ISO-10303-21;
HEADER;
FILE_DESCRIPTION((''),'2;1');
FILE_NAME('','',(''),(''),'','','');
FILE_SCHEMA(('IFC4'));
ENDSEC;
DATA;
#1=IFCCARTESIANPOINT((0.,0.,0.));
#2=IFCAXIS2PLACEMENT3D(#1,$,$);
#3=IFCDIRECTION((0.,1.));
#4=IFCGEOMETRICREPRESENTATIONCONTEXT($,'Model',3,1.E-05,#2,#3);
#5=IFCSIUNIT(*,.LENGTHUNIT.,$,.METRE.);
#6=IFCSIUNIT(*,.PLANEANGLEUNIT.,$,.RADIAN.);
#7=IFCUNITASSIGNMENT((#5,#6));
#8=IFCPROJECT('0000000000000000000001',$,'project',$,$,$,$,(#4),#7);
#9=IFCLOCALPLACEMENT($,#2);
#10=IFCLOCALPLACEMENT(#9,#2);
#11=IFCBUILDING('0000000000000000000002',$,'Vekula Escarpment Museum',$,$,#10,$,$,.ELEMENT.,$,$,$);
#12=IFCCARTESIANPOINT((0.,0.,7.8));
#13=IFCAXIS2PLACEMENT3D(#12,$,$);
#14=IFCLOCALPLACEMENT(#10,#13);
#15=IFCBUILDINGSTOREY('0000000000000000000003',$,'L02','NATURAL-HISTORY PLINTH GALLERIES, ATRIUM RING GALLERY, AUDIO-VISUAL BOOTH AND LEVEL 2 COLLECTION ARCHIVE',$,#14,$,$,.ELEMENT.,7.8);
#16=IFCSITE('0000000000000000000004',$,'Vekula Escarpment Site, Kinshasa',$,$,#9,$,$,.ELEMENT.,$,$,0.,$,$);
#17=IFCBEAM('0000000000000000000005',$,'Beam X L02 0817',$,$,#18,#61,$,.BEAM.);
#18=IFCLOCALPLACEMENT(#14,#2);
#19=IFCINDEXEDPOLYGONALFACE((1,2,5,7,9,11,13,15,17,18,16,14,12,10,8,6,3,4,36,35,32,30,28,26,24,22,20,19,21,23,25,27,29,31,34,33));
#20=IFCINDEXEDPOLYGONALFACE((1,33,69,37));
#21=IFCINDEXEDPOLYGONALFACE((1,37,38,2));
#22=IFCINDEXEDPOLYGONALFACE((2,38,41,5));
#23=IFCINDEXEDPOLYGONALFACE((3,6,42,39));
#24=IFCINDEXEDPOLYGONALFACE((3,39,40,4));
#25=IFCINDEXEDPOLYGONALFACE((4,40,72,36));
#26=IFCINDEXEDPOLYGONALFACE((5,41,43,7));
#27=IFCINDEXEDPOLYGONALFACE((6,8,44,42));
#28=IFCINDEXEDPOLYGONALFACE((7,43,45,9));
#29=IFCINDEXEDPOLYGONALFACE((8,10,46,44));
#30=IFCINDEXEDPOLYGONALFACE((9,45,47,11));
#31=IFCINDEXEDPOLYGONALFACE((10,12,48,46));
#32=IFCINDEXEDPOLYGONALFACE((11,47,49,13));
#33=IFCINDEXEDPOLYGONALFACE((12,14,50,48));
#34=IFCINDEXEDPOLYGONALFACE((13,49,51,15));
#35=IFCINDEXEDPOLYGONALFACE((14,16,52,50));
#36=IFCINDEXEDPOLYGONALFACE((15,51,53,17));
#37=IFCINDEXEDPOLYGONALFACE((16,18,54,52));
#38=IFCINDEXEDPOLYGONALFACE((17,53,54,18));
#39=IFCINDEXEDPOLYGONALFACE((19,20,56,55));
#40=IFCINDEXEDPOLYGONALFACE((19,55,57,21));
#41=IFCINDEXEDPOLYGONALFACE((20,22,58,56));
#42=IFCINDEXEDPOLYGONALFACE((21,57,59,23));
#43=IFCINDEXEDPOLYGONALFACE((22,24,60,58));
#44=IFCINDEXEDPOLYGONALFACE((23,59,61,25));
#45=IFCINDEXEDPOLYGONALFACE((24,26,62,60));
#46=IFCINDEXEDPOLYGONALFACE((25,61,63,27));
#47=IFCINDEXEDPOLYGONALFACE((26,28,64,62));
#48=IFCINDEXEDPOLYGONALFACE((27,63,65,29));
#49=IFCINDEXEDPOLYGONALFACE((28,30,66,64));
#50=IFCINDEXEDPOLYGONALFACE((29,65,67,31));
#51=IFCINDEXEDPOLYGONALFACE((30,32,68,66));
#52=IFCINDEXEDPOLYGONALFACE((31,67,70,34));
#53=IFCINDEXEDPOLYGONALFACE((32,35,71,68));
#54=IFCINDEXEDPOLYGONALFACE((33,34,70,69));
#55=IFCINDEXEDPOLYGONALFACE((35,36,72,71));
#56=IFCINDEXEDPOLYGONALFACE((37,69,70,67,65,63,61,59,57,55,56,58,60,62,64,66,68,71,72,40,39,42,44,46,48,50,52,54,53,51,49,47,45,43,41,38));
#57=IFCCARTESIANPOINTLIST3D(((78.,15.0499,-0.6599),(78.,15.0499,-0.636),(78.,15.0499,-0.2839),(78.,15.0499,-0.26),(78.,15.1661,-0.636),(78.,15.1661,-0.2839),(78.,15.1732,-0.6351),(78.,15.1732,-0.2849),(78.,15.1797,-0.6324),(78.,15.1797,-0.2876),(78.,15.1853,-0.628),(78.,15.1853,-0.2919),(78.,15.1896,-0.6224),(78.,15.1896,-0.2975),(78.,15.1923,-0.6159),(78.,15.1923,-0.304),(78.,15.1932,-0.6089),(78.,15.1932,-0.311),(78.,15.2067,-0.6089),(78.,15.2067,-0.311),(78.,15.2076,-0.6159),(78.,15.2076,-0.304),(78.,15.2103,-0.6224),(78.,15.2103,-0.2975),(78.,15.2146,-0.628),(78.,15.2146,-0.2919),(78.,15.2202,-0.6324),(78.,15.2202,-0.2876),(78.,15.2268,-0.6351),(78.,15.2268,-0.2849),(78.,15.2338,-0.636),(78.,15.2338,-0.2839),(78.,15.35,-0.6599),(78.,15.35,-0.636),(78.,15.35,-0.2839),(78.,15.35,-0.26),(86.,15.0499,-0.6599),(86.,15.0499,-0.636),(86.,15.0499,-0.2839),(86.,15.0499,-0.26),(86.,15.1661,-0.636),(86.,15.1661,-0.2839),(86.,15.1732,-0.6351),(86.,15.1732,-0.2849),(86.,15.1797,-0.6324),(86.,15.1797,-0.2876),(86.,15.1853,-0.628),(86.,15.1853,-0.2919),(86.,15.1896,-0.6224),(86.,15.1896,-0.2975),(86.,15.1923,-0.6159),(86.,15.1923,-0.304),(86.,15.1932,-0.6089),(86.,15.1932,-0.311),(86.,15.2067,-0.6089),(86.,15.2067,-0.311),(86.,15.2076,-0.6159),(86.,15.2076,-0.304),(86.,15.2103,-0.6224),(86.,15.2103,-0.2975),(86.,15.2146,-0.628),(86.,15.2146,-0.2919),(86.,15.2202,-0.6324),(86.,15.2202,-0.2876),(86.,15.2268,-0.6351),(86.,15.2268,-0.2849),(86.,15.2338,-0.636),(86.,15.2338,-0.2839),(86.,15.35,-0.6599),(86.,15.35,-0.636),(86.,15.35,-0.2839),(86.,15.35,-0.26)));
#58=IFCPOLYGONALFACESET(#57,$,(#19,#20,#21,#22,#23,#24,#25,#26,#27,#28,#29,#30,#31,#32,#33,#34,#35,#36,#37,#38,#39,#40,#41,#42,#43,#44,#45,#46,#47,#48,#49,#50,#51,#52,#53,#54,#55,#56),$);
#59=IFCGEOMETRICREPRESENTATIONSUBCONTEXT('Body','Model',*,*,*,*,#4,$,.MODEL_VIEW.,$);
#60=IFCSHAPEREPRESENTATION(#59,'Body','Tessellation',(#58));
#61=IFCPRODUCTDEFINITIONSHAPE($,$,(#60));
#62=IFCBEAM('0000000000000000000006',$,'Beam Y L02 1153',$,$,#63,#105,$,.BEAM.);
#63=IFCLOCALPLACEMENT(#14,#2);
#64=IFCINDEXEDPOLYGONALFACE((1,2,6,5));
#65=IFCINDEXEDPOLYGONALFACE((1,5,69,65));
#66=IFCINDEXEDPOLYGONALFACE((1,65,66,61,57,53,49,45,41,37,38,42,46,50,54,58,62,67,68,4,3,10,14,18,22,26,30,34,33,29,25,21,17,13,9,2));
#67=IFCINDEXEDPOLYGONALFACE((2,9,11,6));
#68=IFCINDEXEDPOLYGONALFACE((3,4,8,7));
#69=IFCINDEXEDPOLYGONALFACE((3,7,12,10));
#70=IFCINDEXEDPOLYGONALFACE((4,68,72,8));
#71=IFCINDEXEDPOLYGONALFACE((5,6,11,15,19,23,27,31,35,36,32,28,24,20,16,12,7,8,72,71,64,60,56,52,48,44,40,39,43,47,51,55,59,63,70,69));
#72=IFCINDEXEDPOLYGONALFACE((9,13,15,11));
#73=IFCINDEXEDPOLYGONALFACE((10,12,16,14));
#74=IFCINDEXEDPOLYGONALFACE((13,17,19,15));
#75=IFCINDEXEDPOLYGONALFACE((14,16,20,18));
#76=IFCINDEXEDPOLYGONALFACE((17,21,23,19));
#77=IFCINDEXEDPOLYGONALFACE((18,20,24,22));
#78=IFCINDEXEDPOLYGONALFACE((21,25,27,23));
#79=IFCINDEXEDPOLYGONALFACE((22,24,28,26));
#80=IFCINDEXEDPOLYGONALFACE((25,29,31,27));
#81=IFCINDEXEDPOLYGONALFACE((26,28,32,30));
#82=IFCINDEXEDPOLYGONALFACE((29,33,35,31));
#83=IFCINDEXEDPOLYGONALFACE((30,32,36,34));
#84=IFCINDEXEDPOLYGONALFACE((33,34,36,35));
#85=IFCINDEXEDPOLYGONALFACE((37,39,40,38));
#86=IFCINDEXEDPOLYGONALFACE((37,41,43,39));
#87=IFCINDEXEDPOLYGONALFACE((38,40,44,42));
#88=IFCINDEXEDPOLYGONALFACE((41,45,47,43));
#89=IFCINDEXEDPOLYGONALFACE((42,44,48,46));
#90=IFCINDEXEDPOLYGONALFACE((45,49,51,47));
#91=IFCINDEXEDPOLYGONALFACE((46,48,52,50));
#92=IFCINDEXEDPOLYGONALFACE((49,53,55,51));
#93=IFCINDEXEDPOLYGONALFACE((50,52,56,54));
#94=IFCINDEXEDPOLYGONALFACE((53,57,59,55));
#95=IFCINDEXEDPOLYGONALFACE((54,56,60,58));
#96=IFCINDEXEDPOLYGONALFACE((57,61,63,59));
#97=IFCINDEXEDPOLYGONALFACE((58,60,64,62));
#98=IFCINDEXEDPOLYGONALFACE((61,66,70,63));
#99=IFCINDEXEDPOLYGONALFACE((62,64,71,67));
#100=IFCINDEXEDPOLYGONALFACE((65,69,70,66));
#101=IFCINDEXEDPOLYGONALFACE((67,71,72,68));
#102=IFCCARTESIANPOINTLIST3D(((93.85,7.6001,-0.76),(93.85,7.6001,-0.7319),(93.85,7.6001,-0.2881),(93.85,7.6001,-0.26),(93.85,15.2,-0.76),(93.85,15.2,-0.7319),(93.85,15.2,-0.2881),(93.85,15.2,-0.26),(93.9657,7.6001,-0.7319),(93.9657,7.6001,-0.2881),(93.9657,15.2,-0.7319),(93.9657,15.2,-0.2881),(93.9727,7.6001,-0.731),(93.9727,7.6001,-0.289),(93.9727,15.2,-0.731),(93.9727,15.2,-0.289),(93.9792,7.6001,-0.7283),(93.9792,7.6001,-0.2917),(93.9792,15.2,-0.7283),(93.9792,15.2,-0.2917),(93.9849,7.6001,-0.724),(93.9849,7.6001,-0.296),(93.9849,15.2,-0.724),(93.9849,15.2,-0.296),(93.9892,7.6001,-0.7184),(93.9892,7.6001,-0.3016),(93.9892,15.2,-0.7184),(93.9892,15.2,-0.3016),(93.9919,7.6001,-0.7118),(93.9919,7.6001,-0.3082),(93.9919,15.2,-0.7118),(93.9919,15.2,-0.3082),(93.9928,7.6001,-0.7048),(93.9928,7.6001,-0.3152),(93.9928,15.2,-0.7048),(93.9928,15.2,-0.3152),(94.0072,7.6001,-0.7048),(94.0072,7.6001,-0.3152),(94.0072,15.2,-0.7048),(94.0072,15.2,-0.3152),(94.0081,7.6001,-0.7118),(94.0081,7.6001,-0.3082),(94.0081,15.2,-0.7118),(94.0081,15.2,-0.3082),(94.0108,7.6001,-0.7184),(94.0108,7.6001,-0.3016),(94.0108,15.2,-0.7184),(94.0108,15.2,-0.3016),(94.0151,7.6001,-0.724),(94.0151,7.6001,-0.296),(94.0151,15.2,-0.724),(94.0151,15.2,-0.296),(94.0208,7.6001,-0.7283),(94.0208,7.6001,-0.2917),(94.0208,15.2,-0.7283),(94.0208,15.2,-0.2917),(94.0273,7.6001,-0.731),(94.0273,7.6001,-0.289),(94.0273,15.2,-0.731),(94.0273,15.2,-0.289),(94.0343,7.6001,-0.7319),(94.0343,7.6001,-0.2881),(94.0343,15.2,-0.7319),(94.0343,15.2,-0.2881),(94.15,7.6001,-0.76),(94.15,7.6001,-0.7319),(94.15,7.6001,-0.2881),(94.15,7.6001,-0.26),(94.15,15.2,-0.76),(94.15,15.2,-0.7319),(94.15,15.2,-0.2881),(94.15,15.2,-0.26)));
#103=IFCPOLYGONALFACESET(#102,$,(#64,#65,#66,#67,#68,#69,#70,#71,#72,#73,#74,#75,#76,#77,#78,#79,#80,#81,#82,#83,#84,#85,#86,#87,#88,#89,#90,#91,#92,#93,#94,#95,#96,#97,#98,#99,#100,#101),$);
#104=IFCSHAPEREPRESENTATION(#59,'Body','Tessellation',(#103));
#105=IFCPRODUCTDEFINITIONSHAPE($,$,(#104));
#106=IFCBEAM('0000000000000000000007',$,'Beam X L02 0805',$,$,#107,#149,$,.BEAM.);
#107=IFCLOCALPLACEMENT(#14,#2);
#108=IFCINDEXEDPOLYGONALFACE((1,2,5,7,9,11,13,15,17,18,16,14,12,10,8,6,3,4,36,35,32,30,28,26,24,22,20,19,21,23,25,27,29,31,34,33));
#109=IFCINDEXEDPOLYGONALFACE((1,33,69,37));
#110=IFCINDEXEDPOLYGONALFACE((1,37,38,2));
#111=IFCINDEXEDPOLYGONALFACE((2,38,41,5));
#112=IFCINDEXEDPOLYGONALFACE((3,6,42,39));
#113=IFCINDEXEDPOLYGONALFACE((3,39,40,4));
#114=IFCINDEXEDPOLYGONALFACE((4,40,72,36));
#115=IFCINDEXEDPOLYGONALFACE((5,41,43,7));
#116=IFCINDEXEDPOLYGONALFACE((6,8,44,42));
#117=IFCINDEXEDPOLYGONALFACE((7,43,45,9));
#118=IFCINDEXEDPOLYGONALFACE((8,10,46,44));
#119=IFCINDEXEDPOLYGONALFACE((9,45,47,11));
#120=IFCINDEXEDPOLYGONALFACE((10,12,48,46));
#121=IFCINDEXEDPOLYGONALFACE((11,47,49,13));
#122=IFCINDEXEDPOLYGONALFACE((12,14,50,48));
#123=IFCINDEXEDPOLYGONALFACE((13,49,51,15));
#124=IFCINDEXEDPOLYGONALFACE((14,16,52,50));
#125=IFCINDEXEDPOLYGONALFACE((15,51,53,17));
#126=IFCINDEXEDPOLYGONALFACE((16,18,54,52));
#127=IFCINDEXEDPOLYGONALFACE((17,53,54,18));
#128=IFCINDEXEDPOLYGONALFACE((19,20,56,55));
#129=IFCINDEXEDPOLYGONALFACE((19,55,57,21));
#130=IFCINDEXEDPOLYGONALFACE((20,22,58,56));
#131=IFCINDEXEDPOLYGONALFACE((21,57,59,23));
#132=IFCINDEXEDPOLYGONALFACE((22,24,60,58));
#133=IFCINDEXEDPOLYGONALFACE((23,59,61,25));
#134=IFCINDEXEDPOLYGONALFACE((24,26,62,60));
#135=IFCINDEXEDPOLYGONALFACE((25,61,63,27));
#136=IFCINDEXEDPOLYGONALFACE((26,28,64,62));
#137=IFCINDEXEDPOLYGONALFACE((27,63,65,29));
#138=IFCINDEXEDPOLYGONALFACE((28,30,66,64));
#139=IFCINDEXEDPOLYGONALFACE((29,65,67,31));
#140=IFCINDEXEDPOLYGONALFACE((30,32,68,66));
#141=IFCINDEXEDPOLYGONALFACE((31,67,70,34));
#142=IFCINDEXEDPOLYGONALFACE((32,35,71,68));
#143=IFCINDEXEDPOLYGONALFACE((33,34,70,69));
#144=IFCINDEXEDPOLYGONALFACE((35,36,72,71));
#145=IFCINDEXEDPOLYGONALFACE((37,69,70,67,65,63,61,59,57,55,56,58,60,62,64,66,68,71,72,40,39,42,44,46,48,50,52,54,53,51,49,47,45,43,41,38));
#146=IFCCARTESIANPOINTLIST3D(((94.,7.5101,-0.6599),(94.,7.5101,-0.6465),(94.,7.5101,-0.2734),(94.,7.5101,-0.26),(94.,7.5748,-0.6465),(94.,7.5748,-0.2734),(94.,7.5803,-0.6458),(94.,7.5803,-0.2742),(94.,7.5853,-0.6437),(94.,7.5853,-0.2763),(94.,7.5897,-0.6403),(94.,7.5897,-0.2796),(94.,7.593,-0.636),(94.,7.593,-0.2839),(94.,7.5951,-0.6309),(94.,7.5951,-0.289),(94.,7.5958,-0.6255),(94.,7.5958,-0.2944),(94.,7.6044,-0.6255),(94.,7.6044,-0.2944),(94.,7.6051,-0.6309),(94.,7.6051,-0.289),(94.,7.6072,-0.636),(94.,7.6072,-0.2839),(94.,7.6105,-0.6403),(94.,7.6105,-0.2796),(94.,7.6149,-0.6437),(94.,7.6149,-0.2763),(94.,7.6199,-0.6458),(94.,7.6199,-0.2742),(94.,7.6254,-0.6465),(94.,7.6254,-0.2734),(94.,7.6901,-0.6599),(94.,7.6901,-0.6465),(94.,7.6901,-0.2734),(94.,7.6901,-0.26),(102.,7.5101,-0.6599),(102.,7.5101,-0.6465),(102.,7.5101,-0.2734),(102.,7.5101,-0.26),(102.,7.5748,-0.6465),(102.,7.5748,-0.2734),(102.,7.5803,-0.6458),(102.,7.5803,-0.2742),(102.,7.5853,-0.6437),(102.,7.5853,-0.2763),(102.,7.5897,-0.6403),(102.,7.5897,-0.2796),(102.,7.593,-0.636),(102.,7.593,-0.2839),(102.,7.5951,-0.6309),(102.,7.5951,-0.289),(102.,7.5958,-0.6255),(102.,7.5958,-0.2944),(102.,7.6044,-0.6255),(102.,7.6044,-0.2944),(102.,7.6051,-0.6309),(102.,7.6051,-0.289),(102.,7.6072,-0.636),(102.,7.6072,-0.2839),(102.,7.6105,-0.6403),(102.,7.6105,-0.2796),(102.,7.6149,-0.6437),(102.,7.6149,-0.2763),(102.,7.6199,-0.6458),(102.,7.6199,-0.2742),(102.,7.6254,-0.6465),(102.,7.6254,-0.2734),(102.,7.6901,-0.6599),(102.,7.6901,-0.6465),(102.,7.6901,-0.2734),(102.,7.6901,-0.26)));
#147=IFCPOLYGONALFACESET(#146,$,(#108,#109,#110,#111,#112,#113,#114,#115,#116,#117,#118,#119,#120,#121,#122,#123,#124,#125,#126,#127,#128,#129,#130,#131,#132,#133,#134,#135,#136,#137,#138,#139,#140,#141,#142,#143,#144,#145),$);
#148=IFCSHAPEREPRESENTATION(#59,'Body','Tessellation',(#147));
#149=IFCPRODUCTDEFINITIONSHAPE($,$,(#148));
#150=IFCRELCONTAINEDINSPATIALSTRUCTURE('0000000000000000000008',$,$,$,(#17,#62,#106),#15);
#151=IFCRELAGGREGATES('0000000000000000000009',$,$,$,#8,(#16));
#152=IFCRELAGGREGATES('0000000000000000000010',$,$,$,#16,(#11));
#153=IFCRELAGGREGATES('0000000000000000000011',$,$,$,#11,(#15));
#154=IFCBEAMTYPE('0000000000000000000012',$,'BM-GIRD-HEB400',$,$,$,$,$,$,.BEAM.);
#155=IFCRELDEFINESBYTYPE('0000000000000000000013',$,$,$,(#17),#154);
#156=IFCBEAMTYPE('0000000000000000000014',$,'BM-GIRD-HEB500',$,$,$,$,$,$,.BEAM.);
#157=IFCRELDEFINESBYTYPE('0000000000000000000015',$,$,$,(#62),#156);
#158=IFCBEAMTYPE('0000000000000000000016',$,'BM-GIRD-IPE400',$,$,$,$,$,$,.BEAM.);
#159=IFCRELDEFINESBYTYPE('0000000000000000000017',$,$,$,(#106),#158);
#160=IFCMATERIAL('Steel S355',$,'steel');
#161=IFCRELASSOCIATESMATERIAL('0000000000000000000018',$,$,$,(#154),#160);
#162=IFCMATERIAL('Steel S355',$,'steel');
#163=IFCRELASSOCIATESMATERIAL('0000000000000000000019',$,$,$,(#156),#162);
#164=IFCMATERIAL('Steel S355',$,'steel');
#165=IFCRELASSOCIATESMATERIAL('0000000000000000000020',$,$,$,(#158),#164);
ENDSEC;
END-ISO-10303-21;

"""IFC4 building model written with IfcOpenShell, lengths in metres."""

from ifc_helpers import new_model, si_unit, direction, frame, origin, origin_2d, place, context, subcontext, project, spatial, i_section, extrude, material, material_profile, profile_set, type_object, element, save


model = new_model("IFC4")

# Units and contexts
model_context = context("Model", 3, precision=1e-05, world=origin(), true_north=direction((0.0, 1.0)))
body_context = subcontext(model_context, "Body", "Model", "MODEL_VIEW")
ifc_project = project(units=[si_unit("LENGTHUNIT", "METRE"), si_unit("PLANEANGLEUNIT", "RADIAN")], contexts=[model_context])

# Site, building, storey
site_placement = place(None, origin())
site = spatial("IfcSite", under=ifc_project, at=site_placement, Name="Vekula Escarpment Site, Kinshasa", CompositionType="ELEMENT", RefElevation=0.0)
building_placement = place(site_placement, origin())
building = spatial("IfcBuilding", under=site, at=building_placement, Name="Vekula Escarpment Museum", CompositionType="ELEMENT")
storey_placement = place(building_placement, frame((0.0, 0.0, 7.8)))
storey = spatial("IfcBuildingStorey", under=building, at=storey_placement, Name="L02", Description="NATURAL-HISTORY PLINTH GALLERIES, ATRIUM RING GALLERY, AUDIO-VISUAL BOOTH AND LEVEL 2 COLLECTION ARCHIVE", CompositionType="ELEMENT", Elevation=7.8)

# Beams
ifc_material_1 = material(Name="Steel S355", Category="steel")
ifc_material_profile_1 = material_profile(ifc_material_1, i_section(OverallWidth=0.3, OverallDepth=0.3999, WebThickness=0.0134, FlangeThickness=0.0239, FilletRadius=0.0271, at=origin_2d()), Name="HEB 400")
ifc_profile_set_1 = profile_set([ifc_material_profile_1], Name="Steel S355")
beam_type_1 = type_object("IfcBeamType", Name="BM-GIRD-HEB400", PredefinedType="BEAM", material=ifc_profile_set_1)
for number, where, z_axis, x_axis, name in (
    (1, (78.0, 15.2, -0.46), (1.0, 0.0, 0.0), (0.0, 1.0, 0.0), "Beam X L02 0817"),
):
    element("IfcBeam", number, at=place(storey_placement, frame(where, z_axis=z_axis, x_axis=x_axis)), inside=storey, type_object=beam_type_1, Name=name, PredefinedType="BEAM", context=body_context, shape_type="SweptSolid", body=[
        extrude(i_section(OverallWidth=0.3, OverallDepth=0.3999, WebThickness=0.0134, FlangeThickness=0.0239, FilletRadius=0.0271, at=origin_2d()), origin(), (0.0, 0.0, 1.0), 8.0),
    ])
ifc_material_2 = material(Name="Steel S355", Category="steel")
ifc_material_profile_2 = material_profile(ifc_material_2, i_section(OverallWidth=0.3, OverallDepth=0.5, WebThickness=0.0144, FlangeThickness=0.0281, FilletRadius=0.0271, at=origin_2d()), Name="HEB 500")
ifc_profile_set_2 = profile_set([ifc_material_profile_2], Name="Steel S355")
beam_type_2 = type_object("IfcBeamType", Name="BM-GIRD-HEB500", PredefinedType="BEAM", material=ifc_profile_set_2)
beam_1_placement = place(storey_placement, frame((94.0, 7.6001, -0.51), z_axis=(0.0, 1.0, 0.0), x_axis=(-1.0, 0.0, 0.0)))
element("IfcBeam", 2, at=beam_1_placement, inside=storey, type_object=beam_type_2, Name="Beam Y L02 1153", PredefinedType="BEAM", context=body_context, shape_type="SweptSolid", body=[
    extrude(i_section(OverallWidth=0.3, OverallDepth=0.5, WebThickness=0.0144, FlangeThickness=0.0281, FilletRadius=0.0271, at=origin_2d()), origin(), (0.0, 0.0, 1.0), 7.5999),
])
ifc_material_3 = material(Name="Steel S355", Category="steel")
ifc_material_profile_3 = material_profile(ifc_material_3, i_section(OverallWidth=0.1799, OverallDepth=0.3999, WebThickness=0.0085, FlangeThickness=0.0134, FilletRadius=0.021, at=origin_2d()), Name="IPE 400")
ifc_profile_set_3 = profile_set([ifc_material_profile_3], Name="Steel S355")
beam_type_3 = type_object("IfcBeamType", Name="BM-GIRD-IPE400", PredefinedType="BEAM", material=ifc_profile_set_3)
beam_2_placement = place(storey_placement, frame((94.0, 7.6001, -0.46), z_axis=(1.0, 0.0, 0.0), x_axis=(0.0, 1.0, 0.0)))
element("IfcBeam", 3, at=beam_2_placement, inside=storey, type_object=beam_type_3, Name="Beam X L02 0805", PredefinedType="BEAM", context=body_context, shape_type="SweptSolid", body=[
    extrude(i_section(OverallWidth=0.1799, OverallDepth=0.3999, WebThickness=0.0085, FlangeThickness=0.0134, FilletRadius=0.021, at=origin_2d()), origin(), (0.0, 0.0, 1.0), 8.0),
])

save(model, "model.ifc")
